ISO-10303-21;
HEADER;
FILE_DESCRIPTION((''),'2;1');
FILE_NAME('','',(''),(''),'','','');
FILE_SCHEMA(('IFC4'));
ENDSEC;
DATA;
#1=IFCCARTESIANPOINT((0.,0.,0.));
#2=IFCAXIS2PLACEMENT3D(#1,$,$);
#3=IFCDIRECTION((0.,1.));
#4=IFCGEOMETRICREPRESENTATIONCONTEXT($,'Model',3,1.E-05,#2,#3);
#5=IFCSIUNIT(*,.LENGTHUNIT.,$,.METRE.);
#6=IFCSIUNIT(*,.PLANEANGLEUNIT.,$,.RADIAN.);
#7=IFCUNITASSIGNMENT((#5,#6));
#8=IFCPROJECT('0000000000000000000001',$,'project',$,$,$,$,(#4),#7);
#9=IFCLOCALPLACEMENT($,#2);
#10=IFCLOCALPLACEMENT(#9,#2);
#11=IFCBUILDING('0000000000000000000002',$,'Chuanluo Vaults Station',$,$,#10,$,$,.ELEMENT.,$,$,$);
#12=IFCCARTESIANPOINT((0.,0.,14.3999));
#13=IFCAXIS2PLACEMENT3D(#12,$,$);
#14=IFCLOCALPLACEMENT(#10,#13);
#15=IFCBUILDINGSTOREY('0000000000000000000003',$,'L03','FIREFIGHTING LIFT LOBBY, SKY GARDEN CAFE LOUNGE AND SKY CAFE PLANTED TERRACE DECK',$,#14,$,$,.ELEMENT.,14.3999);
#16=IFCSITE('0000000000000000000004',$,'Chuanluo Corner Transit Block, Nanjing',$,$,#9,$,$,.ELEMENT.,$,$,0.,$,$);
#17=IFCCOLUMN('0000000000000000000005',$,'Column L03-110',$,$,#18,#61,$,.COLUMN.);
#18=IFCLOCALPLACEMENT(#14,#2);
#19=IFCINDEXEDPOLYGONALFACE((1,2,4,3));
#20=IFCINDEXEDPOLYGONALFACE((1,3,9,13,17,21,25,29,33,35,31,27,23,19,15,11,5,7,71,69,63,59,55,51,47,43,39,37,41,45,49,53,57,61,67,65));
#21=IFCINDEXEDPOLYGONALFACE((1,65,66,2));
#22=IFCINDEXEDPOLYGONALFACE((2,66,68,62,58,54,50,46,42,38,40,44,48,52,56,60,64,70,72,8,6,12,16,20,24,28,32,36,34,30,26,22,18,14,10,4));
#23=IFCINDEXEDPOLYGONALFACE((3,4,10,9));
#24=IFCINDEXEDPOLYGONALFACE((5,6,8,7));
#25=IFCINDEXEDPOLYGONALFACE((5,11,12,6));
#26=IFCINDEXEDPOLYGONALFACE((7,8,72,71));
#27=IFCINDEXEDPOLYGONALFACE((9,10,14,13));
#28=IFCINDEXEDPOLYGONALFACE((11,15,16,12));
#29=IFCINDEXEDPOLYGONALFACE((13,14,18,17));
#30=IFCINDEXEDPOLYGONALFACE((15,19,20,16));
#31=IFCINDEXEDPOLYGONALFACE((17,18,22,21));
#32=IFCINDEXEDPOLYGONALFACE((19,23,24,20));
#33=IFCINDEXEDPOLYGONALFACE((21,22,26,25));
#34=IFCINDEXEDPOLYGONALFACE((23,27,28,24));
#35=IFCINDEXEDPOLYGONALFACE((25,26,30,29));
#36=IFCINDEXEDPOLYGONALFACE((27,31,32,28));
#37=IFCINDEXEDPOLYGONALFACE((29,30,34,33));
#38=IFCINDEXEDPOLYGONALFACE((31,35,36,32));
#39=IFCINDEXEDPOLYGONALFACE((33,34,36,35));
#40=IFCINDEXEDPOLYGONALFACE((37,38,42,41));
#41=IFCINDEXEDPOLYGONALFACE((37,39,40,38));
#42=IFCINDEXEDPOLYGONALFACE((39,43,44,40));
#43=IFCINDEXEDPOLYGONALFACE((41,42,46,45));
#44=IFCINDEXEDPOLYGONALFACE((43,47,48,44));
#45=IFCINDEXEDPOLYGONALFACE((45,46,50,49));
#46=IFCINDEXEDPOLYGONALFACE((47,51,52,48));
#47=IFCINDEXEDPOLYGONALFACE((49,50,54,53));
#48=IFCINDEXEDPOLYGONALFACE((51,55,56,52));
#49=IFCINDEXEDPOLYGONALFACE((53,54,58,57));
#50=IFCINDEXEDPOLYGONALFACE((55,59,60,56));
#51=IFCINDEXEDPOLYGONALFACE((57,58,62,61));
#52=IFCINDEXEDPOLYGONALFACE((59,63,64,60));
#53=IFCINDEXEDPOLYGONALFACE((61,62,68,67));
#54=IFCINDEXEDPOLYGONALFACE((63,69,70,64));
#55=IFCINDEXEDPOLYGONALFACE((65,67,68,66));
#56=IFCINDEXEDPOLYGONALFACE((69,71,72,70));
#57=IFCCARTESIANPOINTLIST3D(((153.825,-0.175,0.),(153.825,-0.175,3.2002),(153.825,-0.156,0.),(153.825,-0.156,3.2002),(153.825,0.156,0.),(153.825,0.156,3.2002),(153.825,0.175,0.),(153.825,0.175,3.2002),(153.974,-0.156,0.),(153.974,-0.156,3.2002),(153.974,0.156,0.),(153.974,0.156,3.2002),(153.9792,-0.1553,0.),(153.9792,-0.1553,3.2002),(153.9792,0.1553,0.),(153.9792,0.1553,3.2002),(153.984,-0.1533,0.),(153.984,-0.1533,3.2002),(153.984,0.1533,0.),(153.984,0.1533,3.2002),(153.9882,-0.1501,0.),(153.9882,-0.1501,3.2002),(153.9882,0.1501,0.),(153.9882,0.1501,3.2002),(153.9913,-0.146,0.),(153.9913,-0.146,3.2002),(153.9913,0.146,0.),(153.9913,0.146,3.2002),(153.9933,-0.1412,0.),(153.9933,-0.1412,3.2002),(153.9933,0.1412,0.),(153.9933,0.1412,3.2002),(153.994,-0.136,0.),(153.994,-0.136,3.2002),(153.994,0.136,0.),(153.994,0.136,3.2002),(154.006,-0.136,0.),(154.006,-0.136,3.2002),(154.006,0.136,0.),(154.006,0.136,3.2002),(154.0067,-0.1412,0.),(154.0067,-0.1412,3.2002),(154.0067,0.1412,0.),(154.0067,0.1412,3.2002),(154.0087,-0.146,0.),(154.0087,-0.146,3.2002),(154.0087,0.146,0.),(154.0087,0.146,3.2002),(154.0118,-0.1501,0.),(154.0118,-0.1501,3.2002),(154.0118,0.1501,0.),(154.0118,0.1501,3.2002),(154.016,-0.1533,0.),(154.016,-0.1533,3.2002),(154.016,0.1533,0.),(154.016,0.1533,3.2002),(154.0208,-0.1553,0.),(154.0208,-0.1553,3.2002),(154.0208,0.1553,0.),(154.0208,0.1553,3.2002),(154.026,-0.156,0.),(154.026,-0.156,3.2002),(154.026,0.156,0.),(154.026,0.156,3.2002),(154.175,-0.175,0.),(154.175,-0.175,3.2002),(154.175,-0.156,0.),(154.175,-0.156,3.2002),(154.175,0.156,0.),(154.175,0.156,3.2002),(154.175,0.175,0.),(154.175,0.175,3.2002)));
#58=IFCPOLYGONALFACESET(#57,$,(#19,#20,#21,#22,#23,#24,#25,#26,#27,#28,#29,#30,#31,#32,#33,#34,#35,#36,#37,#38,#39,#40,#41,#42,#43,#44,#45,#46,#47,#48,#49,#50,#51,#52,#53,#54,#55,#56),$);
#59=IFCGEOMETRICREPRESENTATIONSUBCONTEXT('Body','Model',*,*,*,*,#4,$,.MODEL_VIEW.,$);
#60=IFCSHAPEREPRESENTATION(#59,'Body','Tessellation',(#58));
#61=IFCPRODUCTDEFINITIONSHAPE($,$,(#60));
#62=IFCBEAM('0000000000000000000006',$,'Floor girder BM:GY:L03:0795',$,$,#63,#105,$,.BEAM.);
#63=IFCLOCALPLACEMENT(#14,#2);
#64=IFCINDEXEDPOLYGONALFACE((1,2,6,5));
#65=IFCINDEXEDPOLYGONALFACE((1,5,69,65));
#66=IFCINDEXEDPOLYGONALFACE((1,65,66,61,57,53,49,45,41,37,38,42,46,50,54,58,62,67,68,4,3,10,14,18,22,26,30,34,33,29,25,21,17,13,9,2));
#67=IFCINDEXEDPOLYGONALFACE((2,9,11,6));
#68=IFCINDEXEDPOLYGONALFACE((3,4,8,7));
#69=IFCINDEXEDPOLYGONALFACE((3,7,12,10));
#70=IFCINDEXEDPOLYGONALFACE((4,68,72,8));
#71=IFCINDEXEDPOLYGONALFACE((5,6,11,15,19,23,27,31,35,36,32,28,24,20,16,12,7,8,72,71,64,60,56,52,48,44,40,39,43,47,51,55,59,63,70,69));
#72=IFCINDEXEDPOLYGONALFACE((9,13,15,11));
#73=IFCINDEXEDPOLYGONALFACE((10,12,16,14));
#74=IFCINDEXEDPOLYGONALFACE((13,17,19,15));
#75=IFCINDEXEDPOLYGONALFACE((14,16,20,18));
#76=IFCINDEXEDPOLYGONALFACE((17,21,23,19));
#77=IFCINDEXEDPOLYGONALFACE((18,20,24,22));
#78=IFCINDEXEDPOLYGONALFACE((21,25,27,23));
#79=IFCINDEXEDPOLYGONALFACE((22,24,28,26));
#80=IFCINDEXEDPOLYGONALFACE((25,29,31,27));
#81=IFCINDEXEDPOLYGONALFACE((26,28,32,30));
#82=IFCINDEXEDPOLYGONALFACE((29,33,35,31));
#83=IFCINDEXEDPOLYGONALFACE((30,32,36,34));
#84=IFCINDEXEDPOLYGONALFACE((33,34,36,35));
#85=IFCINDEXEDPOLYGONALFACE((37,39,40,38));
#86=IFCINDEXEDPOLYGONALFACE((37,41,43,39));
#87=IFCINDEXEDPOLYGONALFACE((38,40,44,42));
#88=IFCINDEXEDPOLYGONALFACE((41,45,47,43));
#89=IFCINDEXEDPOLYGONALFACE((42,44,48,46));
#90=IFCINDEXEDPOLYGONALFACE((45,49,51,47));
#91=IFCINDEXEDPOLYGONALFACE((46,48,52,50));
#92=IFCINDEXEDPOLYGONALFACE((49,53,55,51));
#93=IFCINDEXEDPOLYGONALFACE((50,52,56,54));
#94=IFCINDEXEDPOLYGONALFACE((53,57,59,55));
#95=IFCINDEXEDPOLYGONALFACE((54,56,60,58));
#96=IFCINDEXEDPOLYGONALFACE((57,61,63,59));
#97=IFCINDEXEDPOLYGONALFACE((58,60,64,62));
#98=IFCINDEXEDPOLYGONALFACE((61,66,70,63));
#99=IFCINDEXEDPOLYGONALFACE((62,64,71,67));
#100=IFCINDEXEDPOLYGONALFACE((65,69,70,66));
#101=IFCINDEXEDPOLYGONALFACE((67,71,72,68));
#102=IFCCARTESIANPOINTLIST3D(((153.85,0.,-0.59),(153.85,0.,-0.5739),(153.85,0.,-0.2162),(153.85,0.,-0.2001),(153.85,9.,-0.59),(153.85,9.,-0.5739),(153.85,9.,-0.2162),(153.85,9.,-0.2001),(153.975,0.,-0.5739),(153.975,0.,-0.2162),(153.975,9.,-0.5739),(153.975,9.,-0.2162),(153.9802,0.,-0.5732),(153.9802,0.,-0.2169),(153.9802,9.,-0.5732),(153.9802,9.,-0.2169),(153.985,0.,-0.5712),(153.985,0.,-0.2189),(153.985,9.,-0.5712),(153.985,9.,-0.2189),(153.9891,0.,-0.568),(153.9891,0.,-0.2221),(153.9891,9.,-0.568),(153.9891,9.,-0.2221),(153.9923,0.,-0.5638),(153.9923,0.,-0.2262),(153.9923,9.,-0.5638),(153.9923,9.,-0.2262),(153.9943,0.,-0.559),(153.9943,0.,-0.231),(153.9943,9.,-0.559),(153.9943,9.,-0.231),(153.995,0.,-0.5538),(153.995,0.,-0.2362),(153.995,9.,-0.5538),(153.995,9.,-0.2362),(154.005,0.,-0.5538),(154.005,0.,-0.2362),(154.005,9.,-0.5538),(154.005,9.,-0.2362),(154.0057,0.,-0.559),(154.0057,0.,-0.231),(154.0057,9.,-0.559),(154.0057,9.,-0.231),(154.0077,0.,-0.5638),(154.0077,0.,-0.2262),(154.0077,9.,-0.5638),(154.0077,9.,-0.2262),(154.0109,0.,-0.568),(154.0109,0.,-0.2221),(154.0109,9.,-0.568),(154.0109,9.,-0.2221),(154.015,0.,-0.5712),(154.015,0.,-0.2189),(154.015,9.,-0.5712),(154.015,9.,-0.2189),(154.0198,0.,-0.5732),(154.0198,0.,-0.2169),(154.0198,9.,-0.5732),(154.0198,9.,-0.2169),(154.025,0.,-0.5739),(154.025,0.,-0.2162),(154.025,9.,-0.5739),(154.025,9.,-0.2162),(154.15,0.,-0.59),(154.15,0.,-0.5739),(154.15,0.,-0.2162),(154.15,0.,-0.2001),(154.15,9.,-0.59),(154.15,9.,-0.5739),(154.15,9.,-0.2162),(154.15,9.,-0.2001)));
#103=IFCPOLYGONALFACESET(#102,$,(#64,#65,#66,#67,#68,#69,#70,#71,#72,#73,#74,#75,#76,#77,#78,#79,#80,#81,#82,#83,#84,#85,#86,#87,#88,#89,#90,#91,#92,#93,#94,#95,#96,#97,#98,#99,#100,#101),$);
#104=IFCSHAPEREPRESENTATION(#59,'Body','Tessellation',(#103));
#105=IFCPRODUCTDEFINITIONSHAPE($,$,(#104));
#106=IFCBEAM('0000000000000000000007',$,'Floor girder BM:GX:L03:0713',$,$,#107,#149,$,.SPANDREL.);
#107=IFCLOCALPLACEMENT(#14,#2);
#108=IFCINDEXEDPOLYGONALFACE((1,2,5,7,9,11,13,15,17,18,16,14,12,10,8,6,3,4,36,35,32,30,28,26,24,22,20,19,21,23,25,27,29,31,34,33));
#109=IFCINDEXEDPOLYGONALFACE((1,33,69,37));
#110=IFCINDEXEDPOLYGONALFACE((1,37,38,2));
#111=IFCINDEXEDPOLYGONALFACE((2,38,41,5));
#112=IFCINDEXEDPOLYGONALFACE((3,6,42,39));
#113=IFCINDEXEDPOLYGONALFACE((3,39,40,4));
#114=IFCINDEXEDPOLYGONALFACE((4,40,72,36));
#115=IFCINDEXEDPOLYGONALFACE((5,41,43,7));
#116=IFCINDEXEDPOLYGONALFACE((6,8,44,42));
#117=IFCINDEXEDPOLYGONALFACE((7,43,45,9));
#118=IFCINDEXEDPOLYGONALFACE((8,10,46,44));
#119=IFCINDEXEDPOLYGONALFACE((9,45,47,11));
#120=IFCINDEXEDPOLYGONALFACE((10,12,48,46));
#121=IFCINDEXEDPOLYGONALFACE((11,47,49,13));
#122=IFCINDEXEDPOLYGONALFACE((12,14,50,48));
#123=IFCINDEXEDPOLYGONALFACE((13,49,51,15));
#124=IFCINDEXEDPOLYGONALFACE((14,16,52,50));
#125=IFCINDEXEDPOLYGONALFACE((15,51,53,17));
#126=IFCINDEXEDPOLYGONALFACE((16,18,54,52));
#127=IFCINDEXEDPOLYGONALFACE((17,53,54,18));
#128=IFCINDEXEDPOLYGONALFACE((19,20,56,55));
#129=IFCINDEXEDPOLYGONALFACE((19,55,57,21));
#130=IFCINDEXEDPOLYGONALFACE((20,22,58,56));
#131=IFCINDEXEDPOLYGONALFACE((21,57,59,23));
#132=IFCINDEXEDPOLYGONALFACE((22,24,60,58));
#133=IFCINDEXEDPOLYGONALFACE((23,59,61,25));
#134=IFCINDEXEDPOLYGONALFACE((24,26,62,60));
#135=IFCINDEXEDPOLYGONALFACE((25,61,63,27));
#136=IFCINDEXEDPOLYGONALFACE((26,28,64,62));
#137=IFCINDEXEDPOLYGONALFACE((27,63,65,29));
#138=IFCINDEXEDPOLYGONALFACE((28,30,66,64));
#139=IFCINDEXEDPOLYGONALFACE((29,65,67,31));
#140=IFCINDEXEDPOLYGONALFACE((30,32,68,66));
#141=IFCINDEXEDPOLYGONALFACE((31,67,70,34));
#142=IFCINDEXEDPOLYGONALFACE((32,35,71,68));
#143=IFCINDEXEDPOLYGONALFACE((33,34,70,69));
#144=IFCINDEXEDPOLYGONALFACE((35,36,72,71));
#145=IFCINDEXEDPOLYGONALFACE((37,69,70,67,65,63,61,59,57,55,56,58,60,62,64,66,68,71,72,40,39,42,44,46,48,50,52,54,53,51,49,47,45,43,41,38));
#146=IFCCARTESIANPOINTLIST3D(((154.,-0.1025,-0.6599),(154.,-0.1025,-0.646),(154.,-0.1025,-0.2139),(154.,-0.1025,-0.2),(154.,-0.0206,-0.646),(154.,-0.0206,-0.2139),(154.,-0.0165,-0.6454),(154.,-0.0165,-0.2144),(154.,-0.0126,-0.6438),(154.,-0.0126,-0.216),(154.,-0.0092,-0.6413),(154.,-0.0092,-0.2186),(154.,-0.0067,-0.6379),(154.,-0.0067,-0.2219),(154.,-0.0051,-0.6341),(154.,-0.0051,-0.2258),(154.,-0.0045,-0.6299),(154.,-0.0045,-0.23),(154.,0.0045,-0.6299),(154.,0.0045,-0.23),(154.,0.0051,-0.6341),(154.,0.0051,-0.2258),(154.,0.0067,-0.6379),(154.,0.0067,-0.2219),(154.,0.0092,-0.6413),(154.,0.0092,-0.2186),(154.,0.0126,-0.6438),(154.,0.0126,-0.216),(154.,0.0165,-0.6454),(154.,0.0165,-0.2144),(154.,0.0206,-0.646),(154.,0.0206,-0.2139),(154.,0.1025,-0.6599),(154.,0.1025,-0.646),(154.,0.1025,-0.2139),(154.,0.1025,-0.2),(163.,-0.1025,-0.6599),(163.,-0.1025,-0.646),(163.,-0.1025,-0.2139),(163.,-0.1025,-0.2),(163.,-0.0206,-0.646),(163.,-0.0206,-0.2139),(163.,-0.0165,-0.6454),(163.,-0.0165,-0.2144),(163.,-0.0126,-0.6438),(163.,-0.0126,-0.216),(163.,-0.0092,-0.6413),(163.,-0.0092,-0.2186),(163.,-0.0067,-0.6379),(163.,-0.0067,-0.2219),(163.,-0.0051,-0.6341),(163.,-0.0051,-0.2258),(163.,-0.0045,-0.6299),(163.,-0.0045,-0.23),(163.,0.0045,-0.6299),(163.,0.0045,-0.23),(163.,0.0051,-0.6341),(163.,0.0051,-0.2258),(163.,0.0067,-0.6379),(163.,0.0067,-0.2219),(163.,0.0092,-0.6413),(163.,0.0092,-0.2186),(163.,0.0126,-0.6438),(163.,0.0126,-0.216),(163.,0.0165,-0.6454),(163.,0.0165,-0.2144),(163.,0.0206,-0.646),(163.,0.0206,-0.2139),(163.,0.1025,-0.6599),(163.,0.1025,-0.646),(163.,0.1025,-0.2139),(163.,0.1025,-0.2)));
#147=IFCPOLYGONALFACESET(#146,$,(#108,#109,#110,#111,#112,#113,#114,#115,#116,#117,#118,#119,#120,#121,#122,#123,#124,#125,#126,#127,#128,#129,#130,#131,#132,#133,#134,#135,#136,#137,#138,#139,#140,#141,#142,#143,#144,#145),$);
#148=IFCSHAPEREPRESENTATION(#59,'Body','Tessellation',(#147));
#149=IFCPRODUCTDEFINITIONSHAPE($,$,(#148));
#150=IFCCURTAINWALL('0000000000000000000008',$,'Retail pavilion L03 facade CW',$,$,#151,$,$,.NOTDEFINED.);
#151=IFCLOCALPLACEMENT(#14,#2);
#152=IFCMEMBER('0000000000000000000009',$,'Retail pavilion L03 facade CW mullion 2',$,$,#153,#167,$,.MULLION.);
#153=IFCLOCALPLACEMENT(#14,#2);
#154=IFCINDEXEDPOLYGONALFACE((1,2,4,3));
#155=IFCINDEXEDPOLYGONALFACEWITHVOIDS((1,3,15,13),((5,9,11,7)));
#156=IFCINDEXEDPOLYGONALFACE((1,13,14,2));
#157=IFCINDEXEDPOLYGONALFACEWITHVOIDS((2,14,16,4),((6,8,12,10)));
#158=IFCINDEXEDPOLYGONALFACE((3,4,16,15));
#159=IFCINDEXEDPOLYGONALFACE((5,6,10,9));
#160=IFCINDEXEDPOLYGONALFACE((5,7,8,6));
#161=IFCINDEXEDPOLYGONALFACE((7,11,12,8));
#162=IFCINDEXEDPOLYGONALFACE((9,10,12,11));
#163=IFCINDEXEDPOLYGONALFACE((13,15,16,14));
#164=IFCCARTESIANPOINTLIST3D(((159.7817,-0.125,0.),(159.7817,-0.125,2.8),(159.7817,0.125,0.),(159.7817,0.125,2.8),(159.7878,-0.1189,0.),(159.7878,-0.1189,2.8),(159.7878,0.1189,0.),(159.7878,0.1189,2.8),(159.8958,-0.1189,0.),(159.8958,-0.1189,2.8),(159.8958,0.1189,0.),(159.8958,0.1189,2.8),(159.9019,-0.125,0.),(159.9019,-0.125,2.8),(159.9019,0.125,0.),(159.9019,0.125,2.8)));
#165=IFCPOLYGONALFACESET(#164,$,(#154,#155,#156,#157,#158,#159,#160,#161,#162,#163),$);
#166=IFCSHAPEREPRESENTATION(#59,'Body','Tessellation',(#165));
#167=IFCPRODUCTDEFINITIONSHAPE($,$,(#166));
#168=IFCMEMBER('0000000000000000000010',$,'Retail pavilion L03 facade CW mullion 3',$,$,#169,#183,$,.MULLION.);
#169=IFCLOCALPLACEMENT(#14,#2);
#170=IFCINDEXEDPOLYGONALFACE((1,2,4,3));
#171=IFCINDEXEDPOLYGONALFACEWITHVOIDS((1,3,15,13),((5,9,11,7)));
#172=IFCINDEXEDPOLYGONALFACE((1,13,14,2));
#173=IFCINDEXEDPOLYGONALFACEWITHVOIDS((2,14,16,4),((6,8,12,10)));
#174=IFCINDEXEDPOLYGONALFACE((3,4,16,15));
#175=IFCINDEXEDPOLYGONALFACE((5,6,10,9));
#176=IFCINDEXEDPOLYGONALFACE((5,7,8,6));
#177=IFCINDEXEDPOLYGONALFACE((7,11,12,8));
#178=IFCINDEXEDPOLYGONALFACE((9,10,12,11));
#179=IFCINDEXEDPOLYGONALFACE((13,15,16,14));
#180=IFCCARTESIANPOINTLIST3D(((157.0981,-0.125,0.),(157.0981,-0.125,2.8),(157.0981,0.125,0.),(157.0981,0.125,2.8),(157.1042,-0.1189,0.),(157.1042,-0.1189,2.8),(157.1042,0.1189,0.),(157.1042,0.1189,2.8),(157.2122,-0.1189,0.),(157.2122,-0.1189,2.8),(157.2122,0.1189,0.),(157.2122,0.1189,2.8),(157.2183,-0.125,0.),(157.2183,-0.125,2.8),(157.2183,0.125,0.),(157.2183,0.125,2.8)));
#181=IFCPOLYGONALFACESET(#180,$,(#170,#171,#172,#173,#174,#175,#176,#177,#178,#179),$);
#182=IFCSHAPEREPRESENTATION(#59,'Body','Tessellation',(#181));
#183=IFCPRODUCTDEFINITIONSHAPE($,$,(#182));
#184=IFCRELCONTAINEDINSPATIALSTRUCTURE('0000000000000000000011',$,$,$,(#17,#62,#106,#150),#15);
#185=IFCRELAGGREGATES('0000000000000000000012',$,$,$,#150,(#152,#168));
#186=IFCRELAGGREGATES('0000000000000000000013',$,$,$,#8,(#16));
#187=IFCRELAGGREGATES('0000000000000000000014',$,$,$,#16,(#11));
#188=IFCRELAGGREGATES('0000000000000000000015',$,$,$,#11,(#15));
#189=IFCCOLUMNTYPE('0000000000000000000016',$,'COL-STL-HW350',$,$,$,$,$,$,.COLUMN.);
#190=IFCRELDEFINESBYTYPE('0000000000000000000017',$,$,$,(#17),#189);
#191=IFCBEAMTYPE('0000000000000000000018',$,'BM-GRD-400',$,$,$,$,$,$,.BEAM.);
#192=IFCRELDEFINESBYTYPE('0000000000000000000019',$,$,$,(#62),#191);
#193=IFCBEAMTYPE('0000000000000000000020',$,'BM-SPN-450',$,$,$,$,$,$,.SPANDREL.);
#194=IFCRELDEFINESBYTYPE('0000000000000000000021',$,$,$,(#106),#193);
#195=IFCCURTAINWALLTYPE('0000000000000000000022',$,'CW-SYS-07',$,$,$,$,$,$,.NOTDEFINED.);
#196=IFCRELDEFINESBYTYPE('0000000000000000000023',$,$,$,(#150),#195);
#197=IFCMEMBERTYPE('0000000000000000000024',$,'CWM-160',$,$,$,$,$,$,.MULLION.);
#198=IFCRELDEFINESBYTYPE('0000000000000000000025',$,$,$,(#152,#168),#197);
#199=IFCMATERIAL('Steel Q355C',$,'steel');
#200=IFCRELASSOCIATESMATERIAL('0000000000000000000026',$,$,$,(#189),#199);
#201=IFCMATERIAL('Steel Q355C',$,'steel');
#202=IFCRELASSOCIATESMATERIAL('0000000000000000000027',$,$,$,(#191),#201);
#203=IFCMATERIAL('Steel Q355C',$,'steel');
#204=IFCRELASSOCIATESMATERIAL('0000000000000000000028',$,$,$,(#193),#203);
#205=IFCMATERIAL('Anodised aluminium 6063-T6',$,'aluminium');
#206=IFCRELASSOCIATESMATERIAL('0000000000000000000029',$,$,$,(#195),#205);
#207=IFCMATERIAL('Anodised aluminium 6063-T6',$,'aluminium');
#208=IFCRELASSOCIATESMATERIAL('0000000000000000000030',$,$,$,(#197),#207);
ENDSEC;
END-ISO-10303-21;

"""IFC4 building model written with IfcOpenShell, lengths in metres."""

from ifc_helpers import new_model, si_unit, direction, frame, origin, origin_2d, place, context, subcontext, project, spatial, hollow_rectangle, i_section, extrude, material, material_profile, profile_set, type_object, element, aggregate, save


model = new_model("IFC4")

# Units and contexts
model_context = context("Model", 3, precision=1e-05, world=origin(), true_north=direction((0.0, 1.0)))
body_context = subcontext(model_context, "Body", "Model", "MODEL_VIEW")
ifc_project = project(units=[si_unit("LENGTHUNIT", "METRE"), si_unit("PLANEANGLEUNIT", "RADIAN")], contexts=[model_context])

# Site, building, storey
site_placement = place(None, origin())
site = spatial("IfcSite", under=ifc_project, at=site_placement, Name="Chuanluo Corner Transit Block, Nanjing", CompositionType="ELEMENT", RefElevation=0.0)
building_placement = place(site_placement, origin())
building = spatial("IfcBuilding", under=site, at=building_placement, Name="Chuanluo Vaults Station", CompositionType="ELEMENT")
storey_placement = place(building_placement, frame((0.0, 0.0, 14.3999)))
storey = spatial("IfcBuildingStorey", under=building, at=storey_placement, Name="L03", Description="FIREFIGHTING LIFT LOBBY, SKY GARDEN CAFE LOUNGE AND SKY CAFE PLANTED TERRACE DECK", CompositionType="ELEMENT", Elevation=14.3999)

# Column
ifc_material_1 = material(Name="Steel Q355C", Category="steel")
ifc_material_profile_1 = material_profile(ifc_material_1, i_section(OverallWidth=0.3501, OverallDepth=0.3501, WebThickness=0.012, FlangeThickness=0.019, FilletRadius=0.02, at=origin_2d()))
ifc_profile_set_1 = profile_set([ifc_material_profile_1], Name="Steel Q355C")
column_type = type_object("IfcColumnType", Name="COL-STL-HW350", PredefinedType="COLUMN", material=ifc_profile_set_1)
column_placement = place(storey_placement, frame((154.0, 0.0, 0.0), z_axis=(0.0, 0.0, 1.0), x_axis=(1.0, 0.0, 0.0)))
element("IfcColumn", 1, at=column_placement, inside=storey, type_object=column_type, Name="Column L03-110", PredefinedType="COLUMN", context=body_context, shape_type="SweptSolid", body=[
    extrude(i_section(OverallWidth=0.3501, OverallDepth=0.3501, WebThickness=0.012, FlangeThickness=0.019, FilletRadius=0.02, at=origin_2d()), origin(), (0.0, 0.0, 1.0), 3.2002),
])

# Beams
ifc_material_2 = material(Name="Steel Q355C", Category="steel")
ifc_material_profile_2 = material_profile(ifc_material_2, i_section(OverallWidth=0.3, OverallDepth=0.3899, WebThickness=0.01, FlangeThickness=0.0161, FilletRadius=0.02, at=origin_2d()))
ifc_profile_set_2 = profile_set([ifc_material_profile_2], Name="Steel Q355C")
beam_type_1 = type_object("IfcBeamType", Name="BM-GRD-400", PredefinedType="BEAM", material=ifc_profile_set_2)
beam_1_placement = place(storey_placement, frame((154.0, 0.0, -0.395), z_axis=(0.0, 1.0, 0.0), x_axis=(-1.0, 0.0, 0.0)))
element("IfcBeam", 2, at=beam_1_placement, inside=storey, type_object=beam_type_1, Name="Floor girder BM:GY:L03:0795", PredefinedType="BEAM", context=body_context, shape_type="SweptSolid", body=[
    extrude(i_section(OverallWidth=0.3, OverallDepth=0.3899, WebThickness=0.01, FlangeThickness=0.0161, FilletRadius=0.02, at=origin_2d()), origin(), (0.0, 0.0, 1.0), 9.0),
])
ifc_material_3 = material(Name="Steel Q355C", Category="steel")
ifc_material_profile_3 = material_profile(ifc_material_3, i_section(OverallWidth=0.2051, OverallDepth=0.46, WebThickness=0.009, FlangeThickness=0.0139, FilletRadius=0.0161, at=origin_2d()))
ifc_profile_set_3 = profile_set([ifc_material_profile_3], Name="Steel Q355C")
beam_type_2 = type_object("IfcBeamType", Name="BM-SPN-450", PredefinedType="SPANDREL", material=ifc_profile_set_3)
beam_2_placement = place(storey_placement, frame((154.0, 0.0, -0.4299), z_axis=(1.0, 0.0, 0.0), x_axis=(0.0, 1.0, 0.0)))
element("IfcBeam", 3, at=beam_2_placement, inside=storey, type_object=beam_type_2, Name="Floor girder BM:GX:L03:0713", PredefinedType="SPANDREL", context=body_context, shape_type="SweptSolid", body=[
    extrude(i_section(OverallWidth=0.2051, OverallDepth=0.46, WebThickness=0.009, FlangeThickness=0.0139, FilletRadius=0.0161, at=origin_2d()), origin(), (0.0, 0.0, 1.0), 9.0),
])

# Curtain wall, members
ifc_material_4 = material(Name="Anodised aluminium 6063-T6", Category="aluminium")
curtain_wall_type_1 = type_object("IfcCurtainWallType", Name="CW-SYS-07", PredefinedType="NOTDEFINED", material=ifc_material_4)
curtain_wall_1_placement = place(storey_placement, origin())
curtain_wall_1 = element("IfcCurtainWall", 4, at=curtain_wall_1_placement, inside=storey, type_object=curtain_wall_type_1, Name="Retail pavilion L03 facade CW", PredefinedType="NOTDEFINED")
ifc_material_5 = material(Name="Anodised aluminium 6063-T6", Category="aluminium")
ifc_material_profile_4 = material_profile(ifc_material_5, hollow_rectangle(XDim=0.1201, YDim=0.25, WallThickness=0.0061, at=origin_2d()))
ifc_profile_set_4 = profile_set([ifc_material_profile_4], Name="Anodised aluminium 6063-T6")
member_type_1 = type_object("IfcMemberType", Name="CWM-160", PredefinedType="MULLION", material=ifc_profile_set_4)
member_1_placement = place(storey_placement, frame((159.8418, 0.0, 0.0), z_axis=(0.0, 0.0, 1.0), x_axis=(-1.0, 0.0, 0.0)))
member_1 = element("IfcMember", 5, at=member_1_placement, type_object=member_type_1, Name="Retail pavilion L03 facade CW mullion 2", PredefinedType="MULLION", context=body_context, shape_type="SweptSolid", body=[
    extrude(hollow_rectangle(XDim=0.1201, YDim=0.25, WallThickness=0.0061, at=origin_2d()), origin(), (0.0, 0.0, 1.0), 2.8),
])
member_2_placement = place(storey_placement, frame((157.1582, 0.0, 0.0), z_axis=(0.0, 0.0, 1.0), x_axis=(-1.0, 0.0, 0.0)))
member_2 = element("IfcMember", 6, at=member_2_placement, type_object=member_type_1, Name="Retail pavilion L03 facade CW mullion 3", PredefinedType="MULLION", context=body_context, shape_type="SweptSolid", body=[
    extrude(hollow_rectangle(XDim=0.1201, YDim=0.25, WallThickness=0.0061, at=origin_2d()), origin(), (0.0, 0.0, 1.0), 2.8),
])

aggregate(curtain_wall_1, [member_1, member_2])

save(model, "model.ifc")
